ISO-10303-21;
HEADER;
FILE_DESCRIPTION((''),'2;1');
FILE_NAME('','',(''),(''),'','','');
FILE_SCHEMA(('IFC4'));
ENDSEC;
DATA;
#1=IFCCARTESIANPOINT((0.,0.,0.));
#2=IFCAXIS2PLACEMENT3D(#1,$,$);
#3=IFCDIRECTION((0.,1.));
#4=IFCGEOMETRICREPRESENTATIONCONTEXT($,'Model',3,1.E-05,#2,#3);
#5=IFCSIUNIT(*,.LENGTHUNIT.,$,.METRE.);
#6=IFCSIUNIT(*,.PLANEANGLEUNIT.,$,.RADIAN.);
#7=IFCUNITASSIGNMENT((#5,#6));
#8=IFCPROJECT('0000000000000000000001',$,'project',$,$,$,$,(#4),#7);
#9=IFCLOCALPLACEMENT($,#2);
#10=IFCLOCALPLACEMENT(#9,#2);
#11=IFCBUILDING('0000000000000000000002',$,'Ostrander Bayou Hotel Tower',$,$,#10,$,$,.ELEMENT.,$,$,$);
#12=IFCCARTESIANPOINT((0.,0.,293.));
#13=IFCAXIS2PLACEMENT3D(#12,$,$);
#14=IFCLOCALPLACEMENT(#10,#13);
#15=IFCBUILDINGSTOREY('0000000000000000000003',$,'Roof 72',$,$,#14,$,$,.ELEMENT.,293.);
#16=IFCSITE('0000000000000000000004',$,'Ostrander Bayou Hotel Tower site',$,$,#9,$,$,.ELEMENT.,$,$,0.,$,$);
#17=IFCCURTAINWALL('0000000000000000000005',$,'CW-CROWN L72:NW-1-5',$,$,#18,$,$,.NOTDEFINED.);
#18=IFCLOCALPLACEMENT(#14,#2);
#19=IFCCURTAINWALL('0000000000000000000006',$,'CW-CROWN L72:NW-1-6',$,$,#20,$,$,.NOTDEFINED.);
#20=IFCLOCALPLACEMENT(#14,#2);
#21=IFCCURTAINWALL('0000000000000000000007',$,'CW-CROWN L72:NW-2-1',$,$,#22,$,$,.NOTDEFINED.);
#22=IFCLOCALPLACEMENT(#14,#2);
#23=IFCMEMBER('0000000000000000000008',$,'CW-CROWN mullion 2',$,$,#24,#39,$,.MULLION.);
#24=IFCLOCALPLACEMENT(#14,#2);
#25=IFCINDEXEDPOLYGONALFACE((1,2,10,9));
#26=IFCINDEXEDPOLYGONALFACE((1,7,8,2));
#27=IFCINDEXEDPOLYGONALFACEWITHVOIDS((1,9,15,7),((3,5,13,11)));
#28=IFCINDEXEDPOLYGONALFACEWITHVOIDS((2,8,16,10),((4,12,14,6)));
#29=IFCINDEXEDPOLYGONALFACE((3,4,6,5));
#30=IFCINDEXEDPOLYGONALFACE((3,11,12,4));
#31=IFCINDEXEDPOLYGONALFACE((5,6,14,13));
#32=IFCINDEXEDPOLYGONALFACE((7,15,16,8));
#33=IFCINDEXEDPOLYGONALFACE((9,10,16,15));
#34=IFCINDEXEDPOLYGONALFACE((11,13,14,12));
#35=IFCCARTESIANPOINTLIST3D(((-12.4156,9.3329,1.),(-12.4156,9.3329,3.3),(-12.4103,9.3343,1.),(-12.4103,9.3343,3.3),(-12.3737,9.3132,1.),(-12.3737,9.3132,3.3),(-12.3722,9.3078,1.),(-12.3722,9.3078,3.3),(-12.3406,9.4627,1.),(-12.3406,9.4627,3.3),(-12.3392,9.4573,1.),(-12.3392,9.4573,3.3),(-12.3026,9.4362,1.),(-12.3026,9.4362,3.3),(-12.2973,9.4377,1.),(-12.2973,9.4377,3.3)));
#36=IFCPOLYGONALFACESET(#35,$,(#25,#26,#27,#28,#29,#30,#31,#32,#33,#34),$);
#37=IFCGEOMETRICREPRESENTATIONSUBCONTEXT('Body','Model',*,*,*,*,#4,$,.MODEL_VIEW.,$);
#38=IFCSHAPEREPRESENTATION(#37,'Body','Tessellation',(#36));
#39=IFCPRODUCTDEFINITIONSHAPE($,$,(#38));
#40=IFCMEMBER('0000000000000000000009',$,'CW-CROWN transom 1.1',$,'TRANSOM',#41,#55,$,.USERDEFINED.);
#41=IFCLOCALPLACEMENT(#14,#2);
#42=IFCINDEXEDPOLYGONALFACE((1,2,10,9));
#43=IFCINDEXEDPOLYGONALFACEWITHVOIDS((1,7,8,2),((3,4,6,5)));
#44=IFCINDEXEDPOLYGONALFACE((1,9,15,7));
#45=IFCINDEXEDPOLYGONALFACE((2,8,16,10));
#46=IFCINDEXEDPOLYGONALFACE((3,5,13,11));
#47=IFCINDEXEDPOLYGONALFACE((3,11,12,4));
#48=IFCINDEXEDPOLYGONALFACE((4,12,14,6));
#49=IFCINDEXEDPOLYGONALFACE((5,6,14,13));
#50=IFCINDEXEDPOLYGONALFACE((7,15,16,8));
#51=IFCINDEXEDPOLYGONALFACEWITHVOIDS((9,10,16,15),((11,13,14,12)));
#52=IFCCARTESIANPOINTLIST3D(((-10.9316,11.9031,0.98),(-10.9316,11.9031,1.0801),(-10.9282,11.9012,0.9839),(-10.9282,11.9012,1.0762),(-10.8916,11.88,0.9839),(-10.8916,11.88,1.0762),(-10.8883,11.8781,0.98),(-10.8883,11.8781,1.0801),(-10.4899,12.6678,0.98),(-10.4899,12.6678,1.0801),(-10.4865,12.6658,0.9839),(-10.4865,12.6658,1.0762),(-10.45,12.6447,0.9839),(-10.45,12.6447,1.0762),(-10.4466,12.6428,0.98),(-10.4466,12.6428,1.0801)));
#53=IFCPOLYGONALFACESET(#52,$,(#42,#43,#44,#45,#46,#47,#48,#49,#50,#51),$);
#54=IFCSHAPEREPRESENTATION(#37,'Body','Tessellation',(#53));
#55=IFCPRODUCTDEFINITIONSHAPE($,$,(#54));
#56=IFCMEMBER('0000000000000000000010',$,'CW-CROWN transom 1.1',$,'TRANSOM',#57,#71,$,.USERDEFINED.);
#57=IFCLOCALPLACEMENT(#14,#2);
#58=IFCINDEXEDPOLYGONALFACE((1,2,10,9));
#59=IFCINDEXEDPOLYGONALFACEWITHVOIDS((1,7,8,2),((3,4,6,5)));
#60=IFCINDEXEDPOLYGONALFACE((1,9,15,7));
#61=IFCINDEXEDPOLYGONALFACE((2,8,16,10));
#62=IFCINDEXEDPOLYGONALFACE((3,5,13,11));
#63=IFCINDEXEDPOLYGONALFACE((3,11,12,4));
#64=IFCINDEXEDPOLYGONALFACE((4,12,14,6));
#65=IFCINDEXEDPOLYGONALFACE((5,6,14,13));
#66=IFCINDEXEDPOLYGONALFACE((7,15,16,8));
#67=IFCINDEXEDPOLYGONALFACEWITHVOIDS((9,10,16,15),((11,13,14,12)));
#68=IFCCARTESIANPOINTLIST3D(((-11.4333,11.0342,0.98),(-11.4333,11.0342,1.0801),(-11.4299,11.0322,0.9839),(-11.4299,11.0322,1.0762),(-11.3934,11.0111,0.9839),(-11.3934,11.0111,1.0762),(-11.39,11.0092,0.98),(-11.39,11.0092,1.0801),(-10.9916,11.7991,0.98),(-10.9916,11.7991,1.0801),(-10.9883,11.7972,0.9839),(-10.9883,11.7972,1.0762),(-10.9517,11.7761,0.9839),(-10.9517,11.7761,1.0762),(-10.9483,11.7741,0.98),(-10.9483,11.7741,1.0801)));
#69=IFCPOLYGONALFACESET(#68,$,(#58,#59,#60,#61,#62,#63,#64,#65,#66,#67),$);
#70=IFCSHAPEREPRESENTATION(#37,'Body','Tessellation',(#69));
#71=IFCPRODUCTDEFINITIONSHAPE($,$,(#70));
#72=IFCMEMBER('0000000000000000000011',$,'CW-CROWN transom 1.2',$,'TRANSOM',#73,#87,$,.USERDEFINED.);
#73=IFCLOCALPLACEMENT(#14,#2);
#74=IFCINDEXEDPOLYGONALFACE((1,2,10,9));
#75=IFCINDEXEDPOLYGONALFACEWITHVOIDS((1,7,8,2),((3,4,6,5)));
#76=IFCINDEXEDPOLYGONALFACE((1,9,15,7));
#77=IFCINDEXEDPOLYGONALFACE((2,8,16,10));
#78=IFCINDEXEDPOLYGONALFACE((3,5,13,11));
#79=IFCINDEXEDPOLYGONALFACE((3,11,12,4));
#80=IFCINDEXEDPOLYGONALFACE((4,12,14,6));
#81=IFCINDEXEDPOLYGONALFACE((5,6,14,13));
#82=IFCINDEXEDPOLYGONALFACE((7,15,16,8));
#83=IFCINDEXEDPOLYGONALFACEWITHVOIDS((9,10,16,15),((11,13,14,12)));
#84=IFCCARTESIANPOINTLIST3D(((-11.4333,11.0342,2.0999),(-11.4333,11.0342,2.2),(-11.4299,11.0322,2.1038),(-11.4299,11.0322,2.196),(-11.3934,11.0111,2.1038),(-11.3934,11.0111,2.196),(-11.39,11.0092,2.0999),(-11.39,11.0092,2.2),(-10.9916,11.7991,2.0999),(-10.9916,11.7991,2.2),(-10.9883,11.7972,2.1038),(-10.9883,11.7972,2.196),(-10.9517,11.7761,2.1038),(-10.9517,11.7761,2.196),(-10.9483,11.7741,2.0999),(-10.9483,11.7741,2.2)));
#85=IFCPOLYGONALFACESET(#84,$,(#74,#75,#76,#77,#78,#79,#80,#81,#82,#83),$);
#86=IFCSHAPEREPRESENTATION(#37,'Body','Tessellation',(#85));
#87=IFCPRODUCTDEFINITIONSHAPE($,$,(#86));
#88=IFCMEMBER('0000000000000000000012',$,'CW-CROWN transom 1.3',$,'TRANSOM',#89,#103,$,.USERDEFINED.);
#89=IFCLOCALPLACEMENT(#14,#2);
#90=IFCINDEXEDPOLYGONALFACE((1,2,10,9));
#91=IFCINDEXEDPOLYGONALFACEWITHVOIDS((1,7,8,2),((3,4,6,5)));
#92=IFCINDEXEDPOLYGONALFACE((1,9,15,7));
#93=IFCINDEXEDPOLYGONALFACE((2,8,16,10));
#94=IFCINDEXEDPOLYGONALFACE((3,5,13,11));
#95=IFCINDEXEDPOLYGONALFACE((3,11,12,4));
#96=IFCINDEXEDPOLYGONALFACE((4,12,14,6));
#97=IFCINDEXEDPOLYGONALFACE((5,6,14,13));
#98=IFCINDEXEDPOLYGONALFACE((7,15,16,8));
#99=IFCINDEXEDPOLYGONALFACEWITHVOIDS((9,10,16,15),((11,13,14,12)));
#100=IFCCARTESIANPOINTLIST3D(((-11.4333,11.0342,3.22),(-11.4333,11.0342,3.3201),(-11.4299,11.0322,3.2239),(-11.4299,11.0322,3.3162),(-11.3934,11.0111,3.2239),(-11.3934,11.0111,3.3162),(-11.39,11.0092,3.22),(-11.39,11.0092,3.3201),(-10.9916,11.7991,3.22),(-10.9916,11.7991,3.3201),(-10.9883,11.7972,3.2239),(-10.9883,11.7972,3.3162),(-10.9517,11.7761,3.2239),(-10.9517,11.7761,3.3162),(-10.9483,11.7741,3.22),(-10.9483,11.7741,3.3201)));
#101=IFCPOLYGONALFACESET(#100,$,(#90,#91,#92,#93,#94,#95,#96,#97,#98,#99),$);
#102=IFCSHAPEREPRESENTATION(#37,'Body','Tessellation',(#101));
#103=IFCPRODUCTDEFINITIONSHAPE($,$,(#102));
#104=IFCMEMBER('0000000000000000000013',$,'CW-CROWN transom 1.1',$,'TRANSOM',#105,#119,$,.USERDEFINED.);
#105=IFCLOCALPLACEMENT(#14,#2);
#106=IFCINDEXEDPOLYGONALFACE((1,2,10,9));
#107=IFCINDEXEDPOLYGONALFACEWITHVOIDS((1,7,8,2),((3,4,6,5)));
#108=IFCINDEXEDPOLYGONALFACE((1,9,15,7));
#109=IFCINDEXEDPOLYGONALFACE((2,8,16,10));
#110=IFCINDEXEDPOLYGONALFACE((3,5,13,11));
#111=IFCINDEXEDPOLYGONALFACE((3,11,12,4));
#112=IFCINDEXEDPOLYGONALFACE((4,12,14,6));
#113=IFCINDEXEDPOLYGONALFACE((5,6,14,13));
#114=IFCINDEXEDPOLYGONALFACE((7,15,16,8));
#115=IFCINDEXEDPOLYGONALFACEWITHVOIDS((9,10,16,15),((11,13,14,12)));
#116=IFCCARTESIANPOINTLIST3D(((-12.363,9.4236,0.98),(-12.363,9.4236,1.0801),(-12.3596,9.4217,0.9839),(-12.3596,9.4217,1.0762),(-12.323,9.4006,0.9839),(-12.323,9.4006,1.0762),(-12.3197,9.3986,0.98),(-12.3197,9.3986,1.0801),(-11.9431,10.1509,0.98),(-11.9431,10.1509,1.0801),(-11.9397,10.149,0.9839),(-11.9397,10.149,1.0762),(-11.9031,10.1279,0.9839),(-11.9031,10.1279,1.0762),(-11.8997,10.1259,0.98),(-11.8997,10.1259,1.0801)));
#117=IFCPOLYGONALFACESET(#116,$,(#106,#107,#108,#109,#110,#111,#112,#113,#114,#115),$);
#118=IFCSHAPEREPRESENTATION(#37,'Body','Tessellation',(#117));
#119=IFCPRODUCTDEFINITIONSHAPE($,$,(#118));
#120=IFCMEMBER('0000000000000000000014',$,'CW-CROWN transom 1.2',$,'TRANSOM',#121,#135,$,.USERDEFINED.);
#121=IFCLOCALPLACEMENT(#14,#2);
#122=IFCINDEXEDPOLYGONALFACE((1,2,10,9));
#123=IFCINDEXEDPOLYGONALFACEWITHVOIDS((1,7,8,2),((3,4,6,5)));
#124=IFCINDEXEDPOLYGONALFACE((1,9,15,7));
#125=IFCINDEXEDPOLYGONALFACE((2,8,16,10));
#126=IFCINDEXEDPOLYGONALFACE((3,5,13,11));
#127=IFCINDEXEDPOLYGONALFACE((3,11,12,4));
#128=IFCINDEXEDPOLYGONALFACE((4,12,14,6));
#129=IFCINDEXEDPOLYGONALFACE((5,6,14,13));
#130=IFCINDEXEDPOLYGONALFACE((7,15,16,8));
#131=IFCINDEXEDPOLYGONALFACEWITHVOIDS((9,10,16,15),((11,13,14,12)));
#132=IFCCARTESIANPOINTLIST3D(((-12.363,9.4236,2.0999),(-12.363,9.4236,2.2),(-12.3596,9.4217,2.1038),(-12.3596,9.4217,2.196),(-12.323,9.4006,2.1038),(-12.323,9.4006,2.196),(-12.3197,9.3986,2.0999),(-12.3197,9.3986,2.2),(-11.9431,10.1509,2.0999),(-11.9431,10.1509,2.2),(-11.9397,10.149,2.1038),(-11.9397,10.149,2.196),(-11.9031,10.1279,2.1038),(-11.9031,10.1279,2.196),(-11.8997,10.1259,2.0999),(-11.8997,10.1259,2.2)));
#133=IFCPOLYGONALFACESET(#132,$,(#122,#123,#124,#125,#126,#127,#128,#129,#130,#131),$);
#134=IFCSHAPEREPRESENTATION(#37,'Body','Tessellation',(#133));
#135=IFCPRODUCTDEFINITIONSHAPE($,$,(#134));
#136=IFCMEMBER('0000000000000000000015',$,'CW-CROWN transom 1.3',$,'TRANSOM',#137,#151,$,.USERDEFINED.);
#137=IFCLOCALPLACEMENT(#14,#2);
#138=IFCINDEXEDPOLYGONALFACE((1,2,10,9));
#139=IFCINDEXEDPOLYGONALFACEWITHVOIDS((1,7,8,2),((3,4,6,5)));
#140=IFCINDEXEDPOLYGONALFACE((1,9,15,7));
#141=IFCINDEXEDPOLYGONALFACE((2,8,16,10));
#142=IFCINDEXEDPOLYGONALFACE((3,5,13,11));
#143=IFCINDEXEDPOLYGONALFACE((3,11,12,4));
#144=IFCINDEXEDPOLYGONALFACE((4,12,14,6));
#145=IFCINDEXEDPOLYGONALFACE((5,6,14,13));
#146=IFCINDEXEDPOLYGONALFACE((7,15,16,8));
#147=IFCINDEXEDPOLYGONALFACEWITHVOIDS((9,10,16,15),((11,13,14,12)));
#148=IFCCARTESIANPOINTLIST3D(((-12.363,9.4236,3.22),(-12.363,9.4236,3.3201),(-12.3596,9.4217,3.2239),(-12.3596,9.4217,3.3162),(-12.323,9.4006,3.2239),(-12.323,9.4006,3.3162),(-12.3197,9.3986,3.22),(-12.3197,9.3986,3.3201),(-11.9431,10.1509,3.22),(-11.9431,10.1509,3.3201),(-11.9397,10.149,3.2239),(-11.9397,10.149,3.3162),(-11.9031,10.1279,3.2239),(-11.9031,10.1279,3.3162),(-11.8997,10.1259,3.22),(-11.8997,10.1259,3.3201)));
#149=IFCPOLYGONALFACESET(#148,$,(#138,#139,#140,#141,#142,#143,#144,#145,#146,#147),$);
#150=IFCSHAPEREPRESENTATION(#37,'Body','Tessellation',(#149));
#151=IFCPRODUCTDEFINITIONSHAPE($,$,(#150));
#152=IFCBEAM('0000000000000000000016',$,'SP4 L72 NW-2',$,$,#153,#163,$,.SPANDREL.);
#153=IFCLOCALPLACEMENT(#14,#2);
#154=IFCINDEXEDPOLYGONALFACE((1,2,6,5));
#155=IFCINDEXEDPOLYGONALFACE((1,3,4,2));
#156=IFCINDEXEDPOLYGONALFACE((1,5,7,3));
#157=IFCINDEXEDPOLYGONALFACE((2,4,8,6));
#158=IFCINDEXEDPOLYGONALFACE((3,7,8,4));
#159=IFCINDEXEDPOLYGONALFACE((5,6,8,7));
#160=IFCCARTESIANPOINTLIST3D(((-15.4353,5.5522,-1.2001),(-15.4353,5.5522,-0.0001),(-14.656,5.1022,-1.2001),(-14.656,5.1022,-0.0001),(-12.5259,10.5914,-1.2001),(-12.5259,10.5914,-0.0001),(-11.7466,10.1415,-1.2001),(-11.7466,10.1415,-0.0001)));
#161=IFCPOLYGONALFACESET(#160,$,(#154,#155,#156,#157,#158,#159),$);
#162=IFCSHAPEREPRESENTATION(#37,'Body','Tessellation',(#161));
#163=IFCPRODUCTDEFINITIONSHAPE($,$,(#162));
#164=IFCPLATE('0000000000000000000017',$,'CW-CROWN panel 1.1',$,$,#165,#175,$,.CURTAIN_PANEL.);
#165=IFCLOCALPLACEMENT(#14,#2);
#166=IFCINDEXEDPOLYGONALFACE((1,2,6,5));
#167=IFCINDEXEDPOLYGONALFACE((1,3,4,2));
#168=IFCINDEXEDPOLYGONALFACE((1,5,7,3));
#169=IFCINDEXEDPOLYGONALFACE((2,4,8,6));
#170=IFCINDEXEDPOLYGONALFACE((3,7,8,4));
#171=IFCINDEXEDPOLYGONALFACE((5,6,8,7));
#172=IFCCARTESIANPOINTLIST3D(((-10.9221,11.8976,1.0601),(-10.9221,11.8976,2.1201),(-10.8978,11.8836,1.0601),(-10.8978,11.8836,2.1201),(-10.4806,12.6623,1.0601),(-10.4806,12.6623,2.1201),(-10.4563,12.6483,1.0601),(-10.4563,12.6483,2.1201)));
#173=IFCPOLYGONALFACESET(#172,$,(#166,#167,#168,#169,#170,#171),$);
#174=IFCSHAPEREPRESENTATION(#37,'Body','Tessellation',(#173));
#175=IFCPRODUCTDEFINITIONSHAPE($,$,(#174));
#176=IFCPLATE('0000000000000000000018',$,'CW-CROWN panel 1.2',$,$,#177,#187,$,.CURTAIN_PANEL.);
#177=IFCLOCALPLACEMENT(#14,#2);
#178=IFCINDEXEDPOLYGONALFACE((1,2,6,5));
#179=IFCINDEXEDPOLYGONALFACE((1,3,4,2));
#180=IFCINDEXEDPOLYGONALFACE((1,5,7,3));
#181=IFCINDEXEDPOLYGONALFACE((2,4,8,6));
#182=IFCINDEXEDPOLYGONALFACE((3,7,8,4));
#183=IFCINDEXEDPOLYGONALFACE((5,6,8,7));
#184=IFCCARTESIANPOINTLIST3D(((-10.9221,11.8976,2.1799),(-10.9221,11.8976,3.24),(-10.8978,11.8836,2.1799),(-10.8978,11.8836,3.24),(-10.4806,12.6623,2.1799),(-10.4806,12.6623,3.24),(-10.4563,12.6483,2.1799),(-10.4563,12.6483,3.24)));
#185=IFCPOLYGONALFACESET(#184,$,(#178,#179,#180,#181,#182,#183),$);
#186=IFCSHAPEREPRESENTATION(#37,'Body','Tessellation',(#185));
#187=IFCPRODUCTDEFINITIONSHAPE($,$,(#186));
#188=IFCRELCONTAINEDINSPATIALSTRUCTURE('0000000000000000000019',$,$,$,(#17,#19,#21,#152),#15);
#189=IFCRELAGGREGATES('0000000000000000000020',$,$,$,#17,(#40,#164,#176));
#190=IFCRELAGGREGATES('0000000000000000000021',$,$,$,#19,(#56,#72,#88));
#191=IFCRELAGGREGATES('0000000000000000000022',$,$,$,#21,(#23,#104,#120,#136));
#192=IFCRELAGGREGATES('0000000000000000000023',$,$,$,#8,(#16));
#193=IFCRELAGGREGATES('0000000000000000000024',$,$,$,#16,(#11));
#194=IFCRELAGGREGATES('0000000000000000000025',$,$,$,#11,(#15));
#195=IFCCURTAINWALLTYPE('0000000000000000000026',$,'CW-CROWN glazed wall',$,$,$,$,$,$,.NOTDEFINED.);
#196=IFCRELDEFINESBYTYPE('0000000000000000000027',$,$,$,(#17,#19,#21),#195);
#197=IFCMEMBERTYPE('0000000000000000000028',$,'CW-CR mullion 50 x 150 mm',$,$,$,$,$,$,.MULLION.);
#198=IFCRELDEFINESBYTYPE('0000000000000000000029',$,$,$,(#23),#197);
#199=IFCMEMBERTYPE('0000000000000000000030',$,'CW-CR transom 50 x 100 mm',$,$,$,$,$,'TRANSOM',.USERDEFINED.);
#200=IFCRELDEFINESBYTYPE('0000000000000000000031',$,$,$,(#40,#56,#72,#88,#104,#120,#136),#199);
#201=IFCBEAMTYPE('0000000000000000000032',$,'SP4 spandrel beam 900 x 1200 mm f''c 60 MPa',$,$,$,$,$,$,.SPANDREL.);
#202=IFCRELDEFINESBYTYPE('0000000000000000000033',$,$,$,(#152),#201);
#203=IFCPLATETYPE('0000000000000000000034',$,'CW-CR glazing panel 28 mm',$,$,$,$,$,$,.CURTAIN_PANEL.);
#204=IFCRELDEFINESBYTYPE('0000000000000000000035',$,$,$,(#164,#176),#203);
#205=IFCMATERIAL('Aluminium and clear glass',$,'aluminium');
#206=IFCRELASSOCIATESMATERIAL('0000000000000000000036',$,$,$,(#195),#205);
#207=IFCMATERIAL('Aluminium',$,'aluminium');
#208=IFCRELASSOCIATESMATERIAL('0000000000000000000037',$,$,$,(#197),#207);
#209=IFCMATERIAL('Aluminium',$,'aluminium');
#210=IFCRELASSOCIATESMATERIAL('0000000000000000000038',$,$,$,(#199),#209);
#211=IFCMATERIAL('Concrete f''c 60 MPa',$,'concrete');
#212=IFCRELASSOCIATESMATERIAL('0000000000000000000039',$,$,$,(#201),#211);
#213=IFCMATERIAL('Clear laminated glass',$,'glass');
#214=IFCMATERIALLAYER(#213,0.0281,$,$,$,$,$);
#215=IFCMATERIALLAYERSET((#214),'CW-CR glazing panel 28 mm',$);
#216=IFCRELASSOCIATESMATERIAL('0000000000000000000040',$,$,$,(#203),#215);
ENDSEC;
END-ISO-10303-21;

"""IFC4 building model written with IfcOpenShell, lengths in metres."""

from ifc_helpers import new_model, si_unit, direction, frame, origin, origin_2d, place, context, subcontext, project, spatial, rectangle, hollow_rectangle, extrude, material, layer, layer_set, material_profile, profile_set, type_object, element, aggregate, save


model = new_model("IFC4")

# Units and contexts
model_context = context("Model", 3, precision=1e-05, world=origin(), true_north=direction((0.0, 1.0)))
body_context = subcontext(model_context, "Body", "Model", "MODEL_VIEW")
ifc_project = project(units=[si_unit("LENGTHUNIT", "METRE"), si_unit("PLANEANGLEUNIT", "RADIAN")], contexts=[model_context])

# Site, building, storey
site_placement = place(None, origin())
site = spatial("IfcSite", under=ifc_project, at=site_placement, Name="Ostrander Bayou Hotel Tower site", CompositionType="ELEMENT", RefElevation=0.0)
building_placement = place(site_placement, origin())
building = spatial("IfcBuilding", under=site, at=building_placement, Name="Ostrander Bayou Hotel Tower", CompositionType="ELEMENT")
storey_placement = place(building_placement, frame((0.0, 0.0, 293.0)))
storey = spatial("IfcBuildingStorey", under=building, at=storey_placement, Name="Roof 72", CompositionType="ELEMENT", Elevation=293.0)

# Curtain wall
ifc_material_1 = material(Name="Aluminium and clear glass", Category="aluminium")
curtain_wall_type = type_object("IfcCurtainWallType", Name="CW-CROWN glazed wall", PredefinedType="NOTDEFINED", material=ifc_material_1)
curtain_wall_1_placement = place(storey_placement, origin())
curtain_wall_1 = element("IfcCurtainWall", 1, at=curtain_wall_1_placement, inside=storey, type_object=curtain_wall_type, Name="CW-CROWN L72:NW-1-5", PredefinedType="NOTDEFINED")
ifc_material_2 = material(Name="Aluminium", Category="aluminium")
ifc_material_profile_1 = material_profile(ifc_material_2, hollow_rectangle(XDim=0.05, YDim=0.1499, WallThickness=0.0039, at=origin_2d()))
ifc_profile_set_1 = profile_set([ifc_material_profile_1], Name="Aluminium")
member_type_1 = type_object("IfcMemberType", Name="CW-CR mullion 50 x 150 mm", PredefinedType="MULLION", material=ifc_profile_set_1)

# Curtain walls, member
curtain_wall_2_placement = place(storey_placement, origin())
curtain_wall_2 = element("IfcCurtainWall", 2, at=curtain_wall_2_placement, inside=storey, type_object=curtain_wall_type, Name="CW-CROWN L72:NW-1-6", PredefinedType="NOTDEFINED")
curtain_wall_3_placement = place(storey_placement, origin())
curtain_wall_3 = element("IfcCurtainWall", 3, at=curtain_wall_3_placement, inside=storey, type_object=curtain_wall_type, Name="CW-CROWN L72:NW-2-1", PredefinedType="NOTDEFINED")
member_1_placement = place(storey_placement, frame((-12.3564, 9.3853, 1.0), z_axis=(0.0, 0.0, 1.0), x_axis=(0.866022, -0.500005, 0.0)))
member_1 = element("IfcMember", 4, at=member_1_placement, type_object=member_type_1, Name="CW-CROWN mullion 2", PredefinedType="MULLION", context=body_context, shape_type="SweptSolid", body=[
    extrude(hollow_rectangle(XDim=0.05, YDim=0.1499, WallThickness=0.0039, at=origin_2d()), origin(), (0.0, 0.0, 1.0), 2.3),
])

# Members
ifc_material_3 = material(Name="Aluminium", Category="aluminium")
ifc_material_profile_2 = material_profile(ifc_material_3, hollow_rectangle(XDim=0.05, YDim=0.1001, WallThickness=0.0039, at=origin_2d()))
ifc_profile_set_2 = profile_set([ifc_material_profile_2], Name="Aluminium")
member_type_2 = type_object("IfcMemberType", Name="CW-CR transom 50 x 100 mm", ElementType="TRANSOM", PredefinedType="USERDEFINED", material=ifc_profile_set_2)
member_2_placement = place(storey_placement, frame((-10.4683, 12.6553, 1.03), z_axis=(-0.500153, -0.865937, 0.0), x_axis=(0.865937, -0.500153, 0.0)))
member_2 = element("IfcMember", 5, at=member_2_placement, type_object=member_type_2, Name="CW-CROWN transom 1.1", ObjectType="TRANSOM", PredefinedType="USERDEFINED", context=body_context, shape_type="SweptSolid", body=[
    extrude(hollow_rectangle(XDim=0.05, YDim=0.1001, WallThickness=0.0039, at=origin_2d()), origin(), (0.0, 0.0, 1.0), 0.8831),
])
member_3_placement = place(storey_placement, frame((-10.97, 11.7866, 1.03), z_axis=(-0.500034, -0.866006, 0.0), x_axis=(0.866006, -0.500034, 0.0)))
member_3 = element("IfcMember", 6, at=member_3_placement, type_object=member_type_2, Name="CW-CROWN transom 1.1", ObjectType="TRANSOM", PredefinedType="USERDEFINED", context=body_context, shape_type="SweptSolid", body=[
    extrude(hollow_rectangle(XDim=0.05, YDim=0.1001, WallThickness=0.0039, at=origin_2d()), origin(), (0.0, 0.0, 1.0), 0.8833),
])
member_4_placement = place(storey_placement, frame((-10.97, 11.7866, 2.1499), z_axis=(-0.500034, -0.866006, 0.0), x_axis=(0.866006, -0.500034, 0.0)))
member_4 = element("IfcMember", 7, at=member_4_placement, type_object=member_type_2, Name="CW-CROWN transom 1.2", ObjectType="TRANSOM", PredefinedType="USERDEFINED", context=body_context, shape_type="SweptSolid", body=[
    extrude(hollow_rectangle(XDim=0.05, YDim=0.1001, WallThickness=0.0039, at=origin_2d()), origin(), (0.0, 0.0, 1.0), 0.8833),
])
member_5_placement = place(storey_placement, frame((-10.97, 11.7866, 3.27), z_axis=(-0.500034, -0.866006, 0.0), x_axis=(0.866006, -0.500034, 0.0)))
member_5 = element("IfcMember", 8, at=member_5_placement, type_object=member_type_2, Name="CW-CROWN transom 1.3", ObjectType="TRANSOM", PredefinedType="USERDEFINED", context=body_context, shape_type="SweptSolid", body=[
    extrude(hollow_rectangle(XDim=0.05, YDim=0.1001, WallThickness=0.0039, at=origin_2d()), origin(), (0.0, 0.0, 1.0), 0.8833),
])
member_6_placement = place(storey_placement, frame((-11.9214, 10.1384, 1.03), z_axis=(-0.500016, -0.866016, 0.0), x_axis=(0.866016, -0.500016, 0.0)))
member_6 = element("IfcMember", 9, at=member_6_placement, type_object=member_type_2, Name="CW-CROWN transom 1.1", ObjectType="TRANSOM", PredefinedType="USERDEFINED", context=body_context, shape_type="SweptSolid", body=[
    extrude(hollow_rectangle(XDim=0.05, YDim=0.1001, WallThickness=0.0039, at=origin_2d()), origin(), (0.0, 0.0, 1.0), 0.8398),
])
member_7_placement = place(storey_placement, frame((-11.9214, 10.1384, 2.1499), z_axis=(-0.500016, -0.866016, 0.0), x_axis=(0.866016, -0.500016, 0.0)))
member_7 = element("IfcMember", 10, at=member_7_placement, type_object=member_type_2, Name="CW-CROWN transom 1.2", ObjectType="TRANSOM", PredefinedType="USERDEFINED", context=body_context, shape_type="SweptSolid", body=[
    extrude(hollow_rectangle(XDim=0.05, YDim=0.1001, WallThickness=0.0039, at=origin_2d()), origin(), (0.0, 0.0, 1.0), 0.8398),
])
member_8_placement = place(storey_placement, frame((-11.9214, 10.1384, 3.27), z_axis=(-0.500016, -0.866016, 0.0), x_axis=(0.866016, -0.500016, 0.0)))
member_8 = element("IfcMember", 11, at=member_8_placement, type_object=member_type_2, Name="CW-CROWN transom 1.3", ObjectType="TRANSOM", PredefinedType="USERDEFINED", context=body_context, shape_type="SweptSolid", body=[
    extrude(hollow_rectangle(XDim=0.05, YDim=0.1001, WallThickness=0.0039, at=origin_2d()), origin(), (0.0, 0.0, 1.0), 0.8398),
])

# Beam
ifc_material_4 = material(Name="Concrete f'c 60 MPa", Category="concrete")
ifc_material_profile_3 = material_profile(ifc_material_4, rectangle(XDim=0.8999, YDim=1.2, at=origin_2d()))
ifc_profile_set_3 = profile_set([ifc_material_profile_3], Name="Concrete f'c 60 MPa")
beam_type = type_object("IfcBeamType", Name="SP4 spandrel beam 900 x 1200 mm f'c 60 MPa", PredefinedType="SPANDREL", material=ifc_profile_set_3)
beam_placement = place(storey_placement, frame((-12.1362, 10.3665, -0.6001), z_axis=(-0.499997, -0.866027, 0.0), x_axis=(0.866027, -0.499997, 0.0)))
element("IfcBeam", 12, at=beam_placement, inside=storey, type_object=beam_type, Name="SP4 L72 NW-2", PredefinedType="SPANDREL", context=body_context, shape_type="SweptSolid", body=[
    extrude(rectangle(XDim=0.8999, YDim=1.2, at=origin_2d()), origin(), (0.0, 0.0, 1.0), 5.8188),
])

# Plates
ifc_material_5 = material(Name="Clear laminated glass", Category="glass")
ifc_layer_1 = layer(ifc_material_5, 0.0281)
ifc_layer_set_1 = layer_set([ifc_layer_1], Name="CW-CR glazing panel 28 mm")
plate_type = type_object("IfcPlateType", Name="CW-CR glazing panel 28 mm", PredefinedType="CURTAIN_PANEL", material=ifc_layer_set_1)
plate_1_placement = place(storey_placement, frame((-10.6892, 12.2729, 1.0601), z_axis=(0.0, 0.0, 1.0), x_axis=(-0.500042, -0.866001, 0.0)))
plate_1 = element("IfcPlate", 13, at=plate_1_placement, type_object=plate_type, Name="CW-CROWN panel 1.1", PredefinedType="CURTAIN_PANEL", context=body_context, shape_type="SweptSolid", body=[
    extrude(rectangle(XDim=0.8831, YDim=0.0281, at=origin_2d()), origin(), (0.0, 0.0, 1.0), 1.0601),
])
plate_2_placement = place(storey_placement, frame((-10.6892, 12.2729, 2.1799), z_axis=(0.0, 0.0, 1.0), x_axis=(-0.500042, -0.866001, 0.0)))
plate_2 = element("IfcPlate", 14, at=plate_2_placement, type_object=plate_type, Name="CW-CROWN panel 1.2", PredefinedType="CURTAIN_PANEL", context=body_context, shape_type="SweptSolid", body=[
    extrude(rectangle(XDim=0.8831, YDim=0.0281, at=origin_2d()), origin(), (0.0, 0.0, 1.0), 1.0601),
])
aggregate(curtain_wall_1, [member_2, plate_1, plate_2])
aggregate(curtain_wall_2, [member_3, member_4, member_5])
aggregate(curtain_wall_3, [member_1, member_6, member_7, member_8])

save(model, "model.ifc")
